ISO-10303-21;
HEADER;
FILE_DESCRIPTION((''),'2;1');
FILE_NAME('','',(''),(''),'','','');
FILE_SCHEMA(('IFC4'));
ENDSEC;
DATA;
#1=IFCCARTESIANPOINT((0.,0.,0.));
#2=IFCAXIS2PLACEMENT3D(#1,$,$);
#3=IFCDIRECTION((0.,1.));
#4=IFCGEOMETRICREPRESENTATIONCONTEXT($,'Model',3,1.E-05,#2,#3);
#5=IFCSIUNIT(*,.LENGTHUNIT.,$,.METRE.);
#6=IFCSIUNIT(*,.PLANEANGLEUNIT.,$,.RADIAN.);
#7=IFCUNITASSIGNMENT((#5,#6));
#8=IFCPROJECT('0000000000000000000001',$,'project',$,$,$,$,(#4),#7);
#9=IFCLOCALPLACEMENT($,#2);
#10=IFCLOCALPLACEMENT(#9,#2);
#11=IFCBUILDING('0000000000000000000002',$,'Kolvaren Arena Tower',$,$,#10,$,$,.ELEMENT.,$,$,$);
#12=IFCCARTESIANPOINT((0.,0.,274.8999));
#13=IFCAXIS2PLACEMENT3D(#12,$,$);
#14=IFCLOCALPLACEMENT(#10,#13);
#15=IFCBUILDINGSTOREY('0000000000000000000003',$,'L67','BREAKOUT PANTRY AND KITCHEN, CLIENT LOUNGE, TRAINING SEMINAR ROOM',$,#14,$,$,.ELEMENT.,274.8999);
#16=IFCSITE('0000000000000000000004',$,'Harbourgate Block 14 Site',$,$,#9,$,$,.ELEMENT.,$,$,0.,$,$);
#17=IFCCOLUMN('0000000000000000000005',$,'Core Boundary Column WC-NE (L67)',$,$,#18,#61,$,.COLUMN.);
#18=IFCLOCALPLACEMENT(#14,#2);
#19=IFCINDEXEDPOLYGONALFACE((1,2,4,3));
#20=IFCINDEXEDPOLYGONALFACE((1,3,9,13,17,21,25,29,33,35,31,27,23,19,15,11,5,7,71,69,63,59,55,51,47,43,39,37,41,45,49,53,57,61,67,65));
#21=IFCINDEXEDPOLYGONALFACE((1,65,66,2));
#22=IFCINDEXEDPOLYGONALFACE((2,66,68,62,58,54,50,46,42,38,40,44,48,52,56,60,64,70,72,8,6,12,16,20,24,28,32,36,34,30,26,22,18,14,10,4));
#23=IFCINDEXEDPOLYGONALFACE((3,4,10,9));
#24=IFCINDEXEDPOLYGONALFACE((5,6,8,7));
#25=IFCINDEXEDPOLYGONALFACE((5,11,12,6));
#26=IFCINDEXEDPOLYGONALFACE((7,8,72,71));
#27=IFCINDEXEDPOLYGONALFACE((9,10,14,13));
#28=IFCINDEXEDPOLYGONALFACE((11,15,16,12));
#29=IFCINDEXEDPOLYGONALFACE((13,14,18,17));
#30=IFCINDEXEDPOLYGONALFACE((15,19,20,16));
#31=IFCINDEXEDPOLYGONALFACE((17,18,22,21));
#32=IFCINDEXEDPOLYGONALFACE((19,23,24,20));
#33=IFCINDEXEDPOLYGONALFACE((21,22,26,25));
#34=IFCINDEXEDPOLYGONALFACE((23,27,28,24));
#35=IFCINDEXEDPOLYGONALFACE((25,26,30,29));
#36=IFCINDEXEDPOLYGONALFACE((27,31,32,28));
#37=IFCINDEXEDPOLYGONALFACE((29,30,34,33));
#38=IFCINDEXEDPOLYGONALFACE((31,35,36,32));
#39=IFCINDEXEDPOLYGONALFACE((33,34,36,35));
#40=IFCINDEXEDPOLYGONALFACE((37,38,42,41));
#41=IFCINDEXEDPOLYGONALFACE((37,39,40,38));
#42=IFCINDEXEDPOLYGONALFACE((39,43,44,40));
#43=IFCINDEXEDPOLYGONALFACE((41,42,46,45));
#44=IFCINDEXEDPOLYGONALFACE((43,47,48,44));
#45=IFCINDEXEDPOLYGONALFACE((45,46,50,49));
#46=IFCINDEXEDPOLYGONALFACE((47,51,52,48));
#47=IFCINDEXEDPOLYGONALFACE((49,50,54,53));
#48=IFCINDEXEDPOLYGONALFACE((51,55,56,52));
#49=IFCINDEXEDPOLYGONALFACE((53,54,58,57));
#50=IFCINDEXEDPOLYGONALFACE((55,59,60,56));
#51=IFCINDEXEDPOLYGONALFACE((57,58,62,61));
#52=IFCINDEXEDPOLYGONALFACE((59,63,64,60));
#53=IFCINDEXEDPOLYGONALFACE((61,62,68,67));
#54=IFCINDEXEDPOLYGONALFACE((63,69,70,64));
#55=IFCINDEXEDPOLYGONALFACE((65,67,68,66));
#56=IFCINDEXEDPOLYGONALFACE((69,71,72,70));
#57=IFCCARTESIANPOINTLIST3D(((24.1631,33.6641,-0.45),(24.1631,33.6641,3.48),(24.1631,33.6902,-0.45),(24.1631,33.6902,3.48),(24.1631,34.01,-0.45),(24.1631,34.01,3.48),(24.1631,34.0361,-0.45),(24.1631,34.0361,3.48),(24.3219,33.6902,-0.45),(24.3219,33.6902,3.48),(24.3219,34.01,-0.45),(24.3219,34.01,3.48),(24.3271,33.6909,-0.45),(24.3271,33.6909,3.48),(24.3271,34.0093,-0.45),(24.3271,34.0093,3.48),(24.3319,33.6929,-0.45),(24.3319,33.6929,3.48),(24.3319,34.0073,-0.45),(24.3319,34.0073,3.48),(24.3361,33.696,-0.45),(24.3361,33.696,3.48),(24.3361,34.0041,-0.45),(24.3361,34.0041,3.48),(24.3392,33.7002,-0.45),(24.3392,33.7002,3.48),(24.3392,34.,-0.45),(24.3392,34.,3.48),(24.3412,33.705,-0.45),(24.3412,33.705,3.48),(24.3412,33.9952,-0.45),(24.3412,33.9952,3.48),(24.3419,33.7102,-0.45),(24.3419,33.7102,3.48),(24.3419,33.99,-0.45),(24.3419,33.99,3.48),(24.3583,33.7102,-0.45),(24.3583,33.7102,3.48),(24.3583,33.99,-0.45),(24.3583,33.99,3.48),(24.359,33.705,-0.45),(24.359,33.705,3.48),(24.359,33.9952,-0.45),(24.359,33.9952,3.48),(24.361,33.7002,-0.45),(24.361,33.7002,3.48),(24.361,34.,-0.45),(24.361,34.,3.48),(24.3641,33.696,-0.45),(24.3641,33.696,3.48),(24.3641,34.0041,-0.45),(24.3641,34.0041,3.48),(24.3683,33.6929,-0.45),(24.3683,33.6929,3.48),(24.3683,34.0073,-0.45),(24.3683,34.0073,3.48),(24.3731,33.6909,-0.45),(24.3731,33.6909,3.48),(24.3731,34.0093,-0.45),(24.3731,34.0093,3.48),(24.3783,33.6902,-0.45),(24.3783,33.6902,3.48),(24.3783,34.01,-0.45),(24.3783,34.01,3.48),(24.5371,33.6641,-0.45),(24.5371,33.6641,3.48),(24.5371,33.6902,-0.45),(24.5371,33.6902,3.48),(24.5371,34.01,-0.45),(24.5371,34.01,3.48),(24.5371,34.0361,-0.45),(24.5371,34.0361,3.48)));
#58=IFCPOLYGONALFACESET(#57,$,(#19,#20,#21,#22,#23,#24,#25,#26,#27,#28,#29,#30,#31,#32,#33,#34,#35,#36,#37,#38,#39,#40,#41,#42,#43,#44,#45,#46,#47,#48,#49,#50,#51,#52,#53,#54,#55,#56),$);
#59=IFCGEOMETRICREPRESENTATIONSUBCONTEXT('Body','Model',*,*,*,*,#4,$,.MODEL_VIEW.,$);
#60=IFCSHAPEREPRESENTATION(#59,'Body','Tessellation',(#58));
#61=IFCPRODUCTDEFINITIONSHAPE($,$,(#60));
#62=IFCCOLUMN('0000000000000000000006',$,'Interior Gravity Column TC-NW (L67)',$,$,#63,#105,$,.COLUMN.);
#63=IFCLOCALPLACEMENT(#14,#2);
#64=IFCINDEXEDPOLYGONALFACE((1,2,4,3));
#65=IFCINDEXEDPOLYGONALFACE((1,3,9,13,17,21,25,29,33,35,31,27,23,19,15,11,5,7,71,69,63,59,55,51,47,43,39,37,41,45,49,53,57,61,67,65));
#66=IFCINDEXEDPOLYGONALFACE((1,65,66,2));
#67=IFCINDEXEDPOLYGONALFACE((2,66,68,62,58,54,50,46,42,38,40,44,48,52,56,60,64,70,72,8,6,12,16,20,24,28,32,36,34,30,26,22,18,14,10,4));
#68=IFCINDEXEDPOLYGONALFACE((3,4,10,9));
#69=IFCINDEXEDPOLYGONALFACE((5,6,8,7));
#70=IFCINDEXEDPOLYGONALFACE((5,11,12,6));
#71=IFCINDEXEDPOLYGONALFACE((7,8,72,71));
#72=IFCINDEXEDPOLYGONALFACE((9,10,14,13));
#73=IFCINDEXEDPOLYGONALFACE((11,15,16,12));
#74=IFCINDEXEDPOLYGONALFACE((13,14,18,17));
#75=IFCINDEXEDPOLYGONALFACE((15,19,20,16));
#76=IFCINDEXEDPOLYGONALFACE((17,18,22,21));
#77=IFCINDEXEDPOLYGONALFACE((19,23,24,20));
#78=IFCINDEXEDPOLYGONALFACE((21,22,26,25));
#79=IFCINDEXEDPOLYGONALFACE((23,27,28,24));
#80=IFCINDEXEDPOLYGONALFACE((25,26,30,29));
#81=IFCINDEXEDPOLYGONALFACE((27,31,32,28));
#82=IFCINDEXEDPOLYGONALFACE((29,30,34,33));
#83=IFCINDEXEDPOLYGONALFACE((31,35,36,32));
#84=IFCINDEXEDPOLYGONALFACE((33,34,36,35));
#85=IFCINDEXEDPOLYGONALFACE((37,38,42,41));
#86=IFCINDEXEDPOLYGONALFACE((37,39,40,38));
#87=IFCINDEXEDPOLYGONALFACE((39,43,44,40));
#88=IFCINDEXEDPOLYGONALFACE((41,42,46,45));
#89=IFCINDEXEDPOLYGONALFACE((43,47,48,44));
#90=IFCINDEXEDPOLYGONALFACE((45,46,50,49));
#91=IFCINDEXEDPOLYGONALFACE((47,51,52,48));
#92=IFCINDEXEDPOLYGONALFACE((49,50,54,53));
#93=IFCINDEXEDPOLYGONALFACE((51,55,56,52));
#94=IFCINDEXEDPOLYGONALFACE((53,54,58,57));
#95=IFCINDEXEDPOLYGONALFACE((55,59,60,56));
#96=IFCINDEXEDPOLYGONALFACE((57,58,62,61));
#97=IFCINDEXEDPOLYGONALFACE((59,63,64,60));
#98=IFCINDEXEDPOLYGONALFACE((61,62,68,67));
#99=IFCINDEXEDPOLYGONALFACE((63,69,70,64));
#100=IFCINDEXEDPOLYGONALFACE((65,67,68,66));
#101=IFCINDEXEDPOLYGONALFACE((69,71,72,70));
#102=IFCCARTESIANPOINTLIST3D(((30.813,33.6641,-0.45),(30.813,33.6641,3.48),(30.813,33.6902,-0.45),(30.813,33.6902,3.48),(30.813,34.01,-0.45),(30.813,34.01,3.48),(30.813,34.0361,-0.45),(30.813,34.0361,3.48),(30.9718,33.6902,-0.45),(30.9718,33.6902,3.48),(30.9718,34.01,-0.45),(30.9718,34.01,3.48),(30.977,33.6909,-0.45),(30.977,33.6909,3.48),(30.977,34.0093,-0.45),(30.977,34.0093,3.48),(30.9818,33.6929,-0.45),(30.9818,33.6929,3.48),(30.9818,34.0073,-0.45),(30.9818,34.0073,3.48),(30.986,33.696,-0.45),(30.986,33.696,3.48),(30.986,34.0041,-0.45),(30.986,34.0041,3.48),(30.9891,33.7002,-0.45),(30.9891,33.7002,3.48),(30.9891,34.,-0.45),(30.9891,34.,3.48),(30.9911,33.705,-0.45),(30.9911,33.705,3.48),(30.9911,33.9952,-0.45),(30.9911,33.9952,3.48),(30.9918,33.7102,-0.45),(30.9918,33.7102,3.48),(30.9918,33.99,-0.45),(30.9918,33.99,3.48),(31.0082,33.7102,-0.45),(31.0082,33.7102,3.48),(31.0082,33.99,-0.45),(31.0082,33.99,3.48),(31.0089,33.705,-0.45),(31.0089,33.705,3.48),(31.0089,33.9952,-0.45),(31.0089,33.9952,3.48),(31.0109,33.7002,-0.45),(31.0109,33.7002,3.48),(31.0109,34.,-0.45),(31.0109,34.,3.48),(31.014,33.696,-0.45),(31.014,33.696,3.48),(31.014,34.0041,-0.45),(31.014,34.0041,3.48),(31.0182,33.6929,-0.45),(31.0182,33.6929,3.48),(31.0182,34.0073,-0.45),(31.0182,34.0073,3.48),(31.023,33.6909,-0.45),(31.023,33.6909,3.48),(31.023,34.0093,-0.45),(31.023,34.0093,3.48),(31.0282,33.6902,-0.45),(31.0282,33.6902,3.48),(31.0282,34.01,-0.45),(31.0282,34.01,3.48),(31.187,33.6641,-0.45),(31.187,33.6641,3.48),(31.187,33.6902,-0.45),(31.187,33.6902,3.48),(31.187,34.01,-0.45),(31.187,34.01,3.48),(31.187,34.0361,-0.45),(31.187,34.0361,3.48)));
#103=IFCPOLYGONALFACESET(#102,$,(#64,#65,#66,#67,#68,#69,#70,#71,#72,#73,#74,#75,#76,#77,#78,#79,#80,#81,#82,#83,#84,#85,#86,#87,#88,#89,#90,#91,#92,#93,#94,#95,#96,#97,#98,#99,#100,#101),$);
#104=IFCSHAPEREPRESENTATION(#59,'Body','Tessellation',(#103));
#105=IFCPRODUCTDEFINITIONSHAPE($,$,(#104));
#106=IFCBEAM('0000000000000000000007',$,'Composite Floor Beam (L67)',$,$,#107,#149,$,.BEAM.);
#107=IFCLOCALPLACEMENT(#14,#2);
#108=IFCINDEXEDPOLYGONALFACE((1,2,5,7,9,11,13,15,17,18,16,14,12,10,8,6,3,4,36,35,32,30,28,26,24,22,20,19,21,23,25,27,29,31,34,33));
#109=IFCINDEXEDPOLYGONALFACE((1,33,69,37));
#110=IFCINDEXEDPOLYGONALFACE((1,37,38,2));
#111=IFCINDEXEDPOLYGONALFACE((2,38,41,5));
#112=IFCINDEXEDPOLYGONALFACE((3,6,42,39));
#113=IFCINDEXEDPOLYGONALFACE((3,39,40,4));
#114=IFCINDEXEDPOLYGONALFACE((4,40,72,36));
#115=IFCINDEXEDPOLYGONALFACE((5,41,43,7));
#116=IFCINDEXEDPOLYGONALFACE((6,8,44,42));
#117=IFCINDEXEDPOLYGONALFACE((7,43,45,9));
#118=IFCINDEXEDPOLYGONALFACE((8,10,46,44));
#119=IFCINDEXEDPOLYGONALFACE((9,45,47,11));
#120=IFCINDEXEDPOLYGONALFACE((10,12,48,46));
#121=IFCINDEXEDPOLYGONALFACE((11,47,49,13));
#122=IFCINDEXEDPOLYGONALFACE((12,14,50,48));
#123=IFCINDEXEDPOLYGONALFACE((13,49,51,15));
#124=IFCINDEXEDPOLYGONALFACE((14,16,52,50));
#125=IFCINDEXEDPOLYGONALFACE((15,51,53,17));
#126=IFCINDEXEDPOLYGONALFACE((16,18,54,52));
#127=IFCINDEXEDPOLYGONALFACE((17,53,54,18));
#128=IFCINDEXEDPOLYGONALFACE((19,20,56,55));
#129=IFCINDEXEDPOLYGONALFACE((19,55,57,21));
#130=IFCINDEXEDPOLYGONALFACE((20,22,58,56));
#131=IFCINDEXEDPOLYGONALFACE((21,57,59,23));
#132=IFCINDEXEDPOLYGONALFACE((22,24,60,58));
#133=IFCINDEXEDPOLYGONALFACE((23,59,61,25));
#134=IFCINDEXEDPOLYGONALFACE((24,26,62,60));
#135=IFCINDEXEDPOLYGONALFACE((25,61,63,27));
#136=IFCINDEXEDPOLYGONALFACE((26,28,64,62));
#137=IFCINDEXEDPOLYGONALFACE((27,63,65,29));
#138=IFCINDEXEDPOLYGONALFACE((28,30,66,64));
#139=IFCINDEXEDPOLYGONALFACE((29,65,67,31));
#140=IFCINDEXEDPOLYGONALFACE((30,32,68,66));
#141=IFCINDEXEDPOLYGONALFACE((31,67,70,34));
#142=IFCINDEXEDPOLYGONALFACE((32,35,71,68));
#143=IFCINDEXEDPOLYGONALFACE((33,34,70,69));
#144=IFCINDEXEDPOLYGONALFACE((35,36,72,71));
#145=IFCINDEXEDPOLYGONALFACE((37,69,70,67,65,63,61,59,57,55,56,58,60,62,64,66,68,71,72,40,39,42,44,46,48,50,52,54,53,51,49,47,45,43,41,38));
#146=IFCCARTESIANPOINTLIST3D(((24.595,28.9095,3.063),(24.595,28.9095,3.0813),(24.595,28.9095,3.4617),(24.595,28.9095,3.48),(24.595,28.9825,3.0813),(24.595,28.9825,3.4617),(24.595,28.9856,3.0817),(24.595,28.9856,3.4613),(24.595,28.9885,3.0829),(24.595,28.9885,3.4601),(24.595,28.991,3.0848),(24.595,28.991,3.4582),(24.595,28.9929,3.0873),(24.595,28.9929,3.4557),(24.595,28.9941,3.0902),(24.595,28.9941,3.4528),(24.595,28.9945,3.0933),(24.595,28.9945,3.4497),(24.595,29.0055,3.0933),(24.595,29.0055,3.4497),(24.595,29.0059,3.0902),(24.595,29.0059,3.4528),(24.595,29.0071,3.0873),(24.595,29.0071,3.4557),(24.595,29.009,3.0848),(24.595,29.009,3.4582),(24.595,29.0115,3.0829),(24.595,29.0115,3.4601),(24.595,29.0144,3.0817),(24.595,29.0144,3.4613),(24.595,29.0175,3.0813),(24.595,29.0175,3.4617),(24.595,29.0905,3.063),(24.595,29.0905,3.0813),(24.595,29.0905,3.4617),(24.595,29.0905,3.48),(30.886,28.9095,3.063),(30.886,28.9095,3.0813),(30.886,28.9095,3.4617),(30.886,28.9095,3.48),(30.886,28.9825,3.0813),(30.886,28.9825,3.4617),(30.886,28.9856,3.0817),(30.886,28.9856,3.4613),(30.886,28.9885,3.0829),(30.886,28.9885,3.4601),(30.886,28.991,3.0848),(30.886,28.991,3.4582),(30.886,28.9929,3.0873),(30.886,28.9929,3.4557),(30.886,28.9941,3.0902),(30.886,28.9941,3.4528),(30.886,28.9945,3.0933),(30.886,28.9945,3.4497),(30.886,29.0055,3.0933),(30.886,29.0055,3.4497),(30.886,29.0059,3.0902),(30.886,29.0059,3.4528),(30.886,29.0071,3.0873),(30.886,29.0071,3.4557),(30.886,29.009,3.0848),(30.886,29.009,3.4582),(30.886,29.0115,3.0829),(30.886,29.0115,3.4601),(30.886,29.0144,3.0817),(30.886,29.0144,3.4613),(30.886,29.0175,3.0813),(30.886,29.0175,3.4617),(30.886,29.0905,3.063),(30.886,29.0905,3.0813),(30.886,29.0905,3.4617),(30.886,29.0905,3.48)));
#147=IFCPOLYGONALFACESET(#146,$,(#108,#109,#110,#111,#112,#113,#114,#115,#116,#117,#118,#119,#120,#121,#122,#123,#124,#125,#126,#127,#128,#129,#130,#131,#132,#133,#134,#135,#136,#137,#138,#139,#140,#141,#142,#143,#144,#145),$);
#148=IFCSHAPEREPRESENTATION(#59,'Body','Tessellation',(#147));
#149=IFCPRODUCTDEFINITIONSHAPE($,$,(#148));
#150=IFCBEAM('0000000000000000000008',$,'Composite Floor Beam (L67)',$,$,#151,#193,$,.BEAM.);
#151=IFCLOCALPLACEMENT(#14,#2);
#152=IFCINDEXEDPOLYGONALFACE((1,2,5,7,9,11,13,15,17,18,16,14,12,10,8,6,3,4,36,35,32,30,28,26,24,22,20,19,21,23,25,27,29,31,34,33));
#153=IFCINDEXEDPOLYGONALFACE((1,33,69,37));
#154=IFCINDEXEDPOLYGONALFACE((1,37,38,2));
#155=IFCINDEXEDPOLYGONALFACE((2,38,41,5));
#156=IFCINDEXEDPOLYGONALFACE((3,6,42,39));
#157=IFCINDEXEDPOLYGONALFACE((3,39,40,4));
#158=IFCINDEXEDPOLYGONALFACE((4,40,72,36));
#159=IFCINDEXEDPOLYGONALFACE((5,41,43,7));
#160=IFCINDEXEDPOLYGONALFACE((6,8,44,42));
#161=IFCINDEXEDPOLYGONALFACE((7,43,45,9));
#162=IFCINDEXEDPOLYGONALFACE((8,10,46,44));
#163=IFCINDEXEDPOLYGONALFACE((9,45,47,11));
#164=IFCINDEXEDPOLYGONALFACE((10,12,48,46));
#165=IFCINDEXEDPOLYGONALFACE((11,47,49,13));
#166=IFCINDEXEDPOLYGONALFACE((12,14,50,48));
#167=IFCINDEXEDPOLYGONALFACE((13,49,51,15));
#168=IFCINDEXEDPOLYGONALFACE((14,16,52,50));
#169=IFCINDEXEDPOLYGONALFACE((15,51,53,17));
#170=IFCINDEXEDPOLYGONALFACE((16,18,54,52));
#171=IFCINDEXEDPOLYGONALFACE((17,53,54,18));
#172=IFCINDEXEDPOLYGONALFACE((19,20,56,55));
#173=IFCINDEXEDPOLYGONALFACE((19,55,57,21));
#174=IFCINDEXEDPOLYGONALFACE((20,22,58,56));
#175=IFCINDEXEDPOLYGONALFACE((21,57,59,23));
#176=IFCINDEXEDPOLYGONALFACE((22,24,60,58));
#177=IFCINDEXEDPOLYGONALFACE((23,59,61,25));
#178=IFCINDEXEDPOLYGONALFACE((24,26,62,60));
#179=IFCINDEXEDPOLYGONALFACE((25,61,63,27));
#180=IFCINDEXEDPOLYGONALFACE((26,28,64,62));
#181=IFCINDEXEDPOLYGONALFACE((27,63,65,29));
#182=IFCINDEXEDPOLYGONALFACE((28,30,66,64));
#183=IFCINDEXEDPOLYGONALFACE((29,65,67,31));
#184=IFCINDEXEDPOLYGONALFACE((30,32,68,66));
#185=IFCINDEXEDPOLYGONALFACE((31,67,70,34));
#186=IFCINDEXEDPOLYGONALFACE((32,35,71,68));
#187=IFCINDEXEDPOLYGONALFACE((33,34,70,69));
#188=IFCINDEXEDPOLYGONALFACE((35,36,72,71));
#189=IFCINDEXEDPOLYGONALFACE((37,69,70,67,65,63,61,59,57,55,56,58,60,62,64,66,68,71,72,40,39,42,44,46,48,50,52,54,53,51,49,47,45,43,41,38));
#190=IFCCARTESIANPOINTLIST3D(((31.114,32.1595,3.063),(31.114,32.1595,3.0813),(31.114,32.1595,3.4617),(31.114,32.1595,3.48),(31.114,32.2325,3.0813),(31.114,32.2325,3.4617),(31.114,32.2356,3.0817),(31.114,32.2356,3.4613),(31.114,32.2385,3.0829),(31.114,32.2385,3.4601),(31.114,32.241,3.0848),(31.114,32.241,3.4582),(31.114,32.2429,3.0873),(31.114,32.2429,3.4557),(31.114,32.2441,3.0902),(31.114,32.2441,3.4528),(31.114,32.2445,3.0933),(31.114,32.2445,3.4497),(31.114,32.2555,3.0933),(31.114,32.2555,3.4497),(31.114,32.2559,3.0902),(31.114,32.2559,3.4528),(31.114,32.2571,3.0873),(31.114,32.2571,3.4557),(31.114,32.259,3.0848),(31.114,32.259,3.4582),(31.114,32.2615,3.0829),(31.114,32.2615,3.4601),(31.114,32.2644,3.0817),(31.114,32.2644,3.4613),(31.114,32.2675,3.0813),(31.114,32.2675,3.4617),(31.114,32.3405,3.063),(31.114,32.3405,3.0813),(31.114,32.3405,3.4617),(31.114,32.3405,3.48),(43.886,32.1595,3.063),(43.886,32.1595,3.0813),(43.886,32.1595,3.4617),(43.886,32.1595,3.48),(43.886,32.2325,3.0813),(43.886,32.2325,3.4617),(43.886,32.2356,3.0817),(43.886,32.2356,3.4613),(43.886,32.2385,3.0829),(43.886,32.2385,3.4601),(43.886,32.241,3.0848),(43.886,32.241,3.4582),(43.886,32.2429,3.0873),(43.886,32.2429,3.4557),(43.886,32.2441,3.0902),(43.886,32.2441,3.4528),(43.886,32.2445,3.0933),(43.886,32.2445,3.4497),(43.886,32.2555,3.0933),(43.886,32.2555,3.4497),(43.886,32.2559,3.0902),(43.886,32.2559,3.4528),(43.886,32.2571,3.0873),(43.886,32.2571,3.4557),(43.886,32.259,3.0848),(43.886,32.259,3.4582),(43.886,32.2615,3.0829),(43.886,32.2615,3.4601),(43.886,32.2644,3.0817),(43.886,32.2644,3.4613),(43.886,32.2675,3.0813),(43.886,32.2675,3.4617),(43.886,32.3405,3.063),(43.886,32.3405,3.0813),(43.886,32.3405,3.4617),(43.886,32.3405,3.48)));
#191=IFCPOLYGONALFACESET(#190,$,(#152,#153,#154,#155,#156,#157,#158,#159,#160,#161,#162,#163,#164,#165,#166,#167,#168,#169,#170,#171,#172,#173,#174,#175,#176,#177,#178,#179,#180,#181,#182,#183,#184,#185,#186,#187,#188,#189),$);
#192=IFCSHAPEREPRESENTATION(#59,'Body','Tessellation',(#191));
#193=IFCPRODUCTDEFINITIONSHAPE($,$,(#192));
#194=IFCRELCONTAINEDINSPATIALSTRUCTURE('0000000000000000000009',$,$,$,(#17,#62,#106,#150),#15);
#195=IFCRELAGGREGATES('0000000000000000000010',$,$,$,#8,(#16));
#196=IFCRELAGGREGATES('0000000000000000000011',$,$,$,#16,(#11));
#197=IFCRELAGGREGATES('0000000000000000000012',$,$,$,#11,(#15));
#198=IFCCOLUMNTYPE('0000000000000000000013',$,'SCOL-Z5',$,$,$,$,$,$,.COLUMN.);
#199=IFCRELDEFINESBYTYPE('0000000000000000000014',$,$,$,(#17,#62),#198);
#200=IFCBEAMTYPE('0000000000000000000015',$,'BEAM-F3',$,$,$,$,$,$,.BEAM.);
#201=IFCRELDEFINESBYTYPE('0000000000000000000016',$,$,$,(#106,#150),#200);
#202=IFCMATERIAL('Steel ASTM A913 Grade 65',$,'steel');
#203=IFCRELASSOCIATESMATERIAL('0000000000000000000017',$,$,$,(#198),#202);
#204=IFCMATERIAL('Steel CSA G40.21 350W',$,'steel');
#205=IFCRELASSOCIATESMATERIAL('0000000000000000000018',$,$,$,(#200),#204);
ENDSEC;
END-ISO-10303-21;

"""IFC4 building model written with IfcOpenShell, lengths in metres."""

from ifc_helpers import new_model, si_unit, direction, frame, origin, origin_2d, place, context, subcontext, project, spatial, i_section, extrude, material, material_profile, profile_set, type_object, element, save


model = new_model("IFC4")

# Units and contexts
model_context = context("Model", 3, precision=1e-05, world=origin(), true_north=direction((0.0, 1.0)))
body_context = subcontext(model_context, "Body", "Model", "MODEL_VIEW")
ifc_project = project(units=[si_unit("LENGTHUNIT", "METRE"), si_unit("PLANEANGLEUNIT", "RADIAN")], contexts=[model_context])

# Site, building, storey
site_placement = place(None, origin())
site = spatial("IfcSite", under=ifc_project, at=site_placement, Name="Harbourgate Block 14 Site", CompositionType="ELEMENT", RefElevation=0.0)
building_placement = place(site_placement, origin())
building = spatial("IfcBuilding", under=site, at=building_placement, Name="Kolvaren Arena Tower", CompositionType="ELEMENT")
storey_placement = place(building_placement, frame((0.0, 0.0, 274.8999)))
storey = spatial("IfcBuildingStorey", under=building, at=storey_placement, Name="L67", Description="BREAKOUT PANTRY AND KITCHEN, CLIENT LOUNGE, TRAINING SEMINAR ROOM", CompositionType="ELEMENT", Elevation=274.8999)

# Columns
ifc_material_1 = material(Name="Steel ASTM A913 Grade 65", Category="steel")
ifc_material_profile_1 = material_profile(ifc_material_1, i_section(OverallWidth=0.374, OverallDepth=0.3721, WebThickness=0.0164, FlangeThickness=0.0261, FilletRadius=0.02, at=origin_2d()), Name="W360x196")
ifc_profile_set_1 = profile_set([ifc_material_profile_1], Name="Steel ASTM A913 Grade 65")
column_type = type_object("IfcColumnType", Name="SCOL-Z5", PredefinedType="COLUMN", material=ifc_profile_set_1)
for number, where, z_axis, x_axis, name in (
    (1, (24.3501, 33.8501, -0.45), (0.0, 0.0, 1.0), (1.0, 0.0, 0.0), "Core Boundary Column WC-NE (L67)"),
    (2, (31.0, 33.8501, -0.45), (0.0, 0.0, 1.0), (1.0, 0.0, 0.0), "Interior Gravity Column TC-NW (L67)"),
):
    element("IfcColumn", number, at=place(storey_placement, frame(where, z_axis=z_axis, x_axis=x_axis)), inside=storey, type_object=column_type, Name=name, PredefinedType="COLUMN", context=body_context, shape_type="SweptSolid", body=[
        extrude(i_section(OverallWidth=0.374, OverallDepth=0.3721, WebThickness=0.0164, FlangeThickness=0.0261, FilletRadius=0.02, at=origin_2d()), origin(), (0.0, 0.0, 1.0), 3.9299),
    ])

# Beams
ifc_material_2 = material(Name="Steel CSA G40.21 350W", Category="steel")
ifc_material_profile_2 = material_profile(ifc_material_2, i_section(OverallWidth=0.1809, OverallDepth=0.417, WebThickness=0.011, FlangeThickness=0.0183, FilletRadius=0.012, at=origin_2d()), Name="W410x85")
ifc_profile_set_2 = profile_set([ifc_material_profile_2], Name="Steel CSA G40.21 350W")
beam_type_1 = type_object("IfcBeamType", Name="BEAM-F3", PredefinedType="BEAM", material=ifc_profile_set_2)
beam_1_placement = place(storey_placement, frame((24.595, 29.0, 3.2715), z_axis=(1.0, 0.0, 0.0), x_axis=(0.0, 1.0, 0.0)))
element("IfcBeam", 3, at=beam_1_placement, inside=storey, type_object=beam_type_1, Name="Composite Floor Beam (L67)", PredefinedType="BEAM", context=body_context, shape_type="SweptSolid", body=[
    extrude(i_section(OverallWidth=0.1809, OverallDepth=0.417, WebThickness=0.011, FlangeThickness=0.0183, FilletRadius=0.012, at=origin_2d()), origin(), (0.0, 0.0, 1.0), 6.291),
])
beam_2_placement = place(storey_placement, frame((31.114, 32.25, 3.2715), z_axis=(1.0, 0.0, 0.0), x_axis=(0.0, 1.0, 0.0)))
element("IfcBeam", 4, at=beam_2_placement, inside=storey, type_object=beam_type_1, Name="Composite Floor Beam (L67)", PredefinedType="BEAM", context=body_context, shape_type="SweptSolid", body=[
    extrude(i_section(OverallWidth=0.1809, OverallDepth=0.417, WebThickness=0.011, FlangeThickness=0.0183, FilletRadius=0.012, at=origin_2d()), origin(), (0.0, 0.0, 1.0), 12.772),
])

save(model, "model.ifc")
